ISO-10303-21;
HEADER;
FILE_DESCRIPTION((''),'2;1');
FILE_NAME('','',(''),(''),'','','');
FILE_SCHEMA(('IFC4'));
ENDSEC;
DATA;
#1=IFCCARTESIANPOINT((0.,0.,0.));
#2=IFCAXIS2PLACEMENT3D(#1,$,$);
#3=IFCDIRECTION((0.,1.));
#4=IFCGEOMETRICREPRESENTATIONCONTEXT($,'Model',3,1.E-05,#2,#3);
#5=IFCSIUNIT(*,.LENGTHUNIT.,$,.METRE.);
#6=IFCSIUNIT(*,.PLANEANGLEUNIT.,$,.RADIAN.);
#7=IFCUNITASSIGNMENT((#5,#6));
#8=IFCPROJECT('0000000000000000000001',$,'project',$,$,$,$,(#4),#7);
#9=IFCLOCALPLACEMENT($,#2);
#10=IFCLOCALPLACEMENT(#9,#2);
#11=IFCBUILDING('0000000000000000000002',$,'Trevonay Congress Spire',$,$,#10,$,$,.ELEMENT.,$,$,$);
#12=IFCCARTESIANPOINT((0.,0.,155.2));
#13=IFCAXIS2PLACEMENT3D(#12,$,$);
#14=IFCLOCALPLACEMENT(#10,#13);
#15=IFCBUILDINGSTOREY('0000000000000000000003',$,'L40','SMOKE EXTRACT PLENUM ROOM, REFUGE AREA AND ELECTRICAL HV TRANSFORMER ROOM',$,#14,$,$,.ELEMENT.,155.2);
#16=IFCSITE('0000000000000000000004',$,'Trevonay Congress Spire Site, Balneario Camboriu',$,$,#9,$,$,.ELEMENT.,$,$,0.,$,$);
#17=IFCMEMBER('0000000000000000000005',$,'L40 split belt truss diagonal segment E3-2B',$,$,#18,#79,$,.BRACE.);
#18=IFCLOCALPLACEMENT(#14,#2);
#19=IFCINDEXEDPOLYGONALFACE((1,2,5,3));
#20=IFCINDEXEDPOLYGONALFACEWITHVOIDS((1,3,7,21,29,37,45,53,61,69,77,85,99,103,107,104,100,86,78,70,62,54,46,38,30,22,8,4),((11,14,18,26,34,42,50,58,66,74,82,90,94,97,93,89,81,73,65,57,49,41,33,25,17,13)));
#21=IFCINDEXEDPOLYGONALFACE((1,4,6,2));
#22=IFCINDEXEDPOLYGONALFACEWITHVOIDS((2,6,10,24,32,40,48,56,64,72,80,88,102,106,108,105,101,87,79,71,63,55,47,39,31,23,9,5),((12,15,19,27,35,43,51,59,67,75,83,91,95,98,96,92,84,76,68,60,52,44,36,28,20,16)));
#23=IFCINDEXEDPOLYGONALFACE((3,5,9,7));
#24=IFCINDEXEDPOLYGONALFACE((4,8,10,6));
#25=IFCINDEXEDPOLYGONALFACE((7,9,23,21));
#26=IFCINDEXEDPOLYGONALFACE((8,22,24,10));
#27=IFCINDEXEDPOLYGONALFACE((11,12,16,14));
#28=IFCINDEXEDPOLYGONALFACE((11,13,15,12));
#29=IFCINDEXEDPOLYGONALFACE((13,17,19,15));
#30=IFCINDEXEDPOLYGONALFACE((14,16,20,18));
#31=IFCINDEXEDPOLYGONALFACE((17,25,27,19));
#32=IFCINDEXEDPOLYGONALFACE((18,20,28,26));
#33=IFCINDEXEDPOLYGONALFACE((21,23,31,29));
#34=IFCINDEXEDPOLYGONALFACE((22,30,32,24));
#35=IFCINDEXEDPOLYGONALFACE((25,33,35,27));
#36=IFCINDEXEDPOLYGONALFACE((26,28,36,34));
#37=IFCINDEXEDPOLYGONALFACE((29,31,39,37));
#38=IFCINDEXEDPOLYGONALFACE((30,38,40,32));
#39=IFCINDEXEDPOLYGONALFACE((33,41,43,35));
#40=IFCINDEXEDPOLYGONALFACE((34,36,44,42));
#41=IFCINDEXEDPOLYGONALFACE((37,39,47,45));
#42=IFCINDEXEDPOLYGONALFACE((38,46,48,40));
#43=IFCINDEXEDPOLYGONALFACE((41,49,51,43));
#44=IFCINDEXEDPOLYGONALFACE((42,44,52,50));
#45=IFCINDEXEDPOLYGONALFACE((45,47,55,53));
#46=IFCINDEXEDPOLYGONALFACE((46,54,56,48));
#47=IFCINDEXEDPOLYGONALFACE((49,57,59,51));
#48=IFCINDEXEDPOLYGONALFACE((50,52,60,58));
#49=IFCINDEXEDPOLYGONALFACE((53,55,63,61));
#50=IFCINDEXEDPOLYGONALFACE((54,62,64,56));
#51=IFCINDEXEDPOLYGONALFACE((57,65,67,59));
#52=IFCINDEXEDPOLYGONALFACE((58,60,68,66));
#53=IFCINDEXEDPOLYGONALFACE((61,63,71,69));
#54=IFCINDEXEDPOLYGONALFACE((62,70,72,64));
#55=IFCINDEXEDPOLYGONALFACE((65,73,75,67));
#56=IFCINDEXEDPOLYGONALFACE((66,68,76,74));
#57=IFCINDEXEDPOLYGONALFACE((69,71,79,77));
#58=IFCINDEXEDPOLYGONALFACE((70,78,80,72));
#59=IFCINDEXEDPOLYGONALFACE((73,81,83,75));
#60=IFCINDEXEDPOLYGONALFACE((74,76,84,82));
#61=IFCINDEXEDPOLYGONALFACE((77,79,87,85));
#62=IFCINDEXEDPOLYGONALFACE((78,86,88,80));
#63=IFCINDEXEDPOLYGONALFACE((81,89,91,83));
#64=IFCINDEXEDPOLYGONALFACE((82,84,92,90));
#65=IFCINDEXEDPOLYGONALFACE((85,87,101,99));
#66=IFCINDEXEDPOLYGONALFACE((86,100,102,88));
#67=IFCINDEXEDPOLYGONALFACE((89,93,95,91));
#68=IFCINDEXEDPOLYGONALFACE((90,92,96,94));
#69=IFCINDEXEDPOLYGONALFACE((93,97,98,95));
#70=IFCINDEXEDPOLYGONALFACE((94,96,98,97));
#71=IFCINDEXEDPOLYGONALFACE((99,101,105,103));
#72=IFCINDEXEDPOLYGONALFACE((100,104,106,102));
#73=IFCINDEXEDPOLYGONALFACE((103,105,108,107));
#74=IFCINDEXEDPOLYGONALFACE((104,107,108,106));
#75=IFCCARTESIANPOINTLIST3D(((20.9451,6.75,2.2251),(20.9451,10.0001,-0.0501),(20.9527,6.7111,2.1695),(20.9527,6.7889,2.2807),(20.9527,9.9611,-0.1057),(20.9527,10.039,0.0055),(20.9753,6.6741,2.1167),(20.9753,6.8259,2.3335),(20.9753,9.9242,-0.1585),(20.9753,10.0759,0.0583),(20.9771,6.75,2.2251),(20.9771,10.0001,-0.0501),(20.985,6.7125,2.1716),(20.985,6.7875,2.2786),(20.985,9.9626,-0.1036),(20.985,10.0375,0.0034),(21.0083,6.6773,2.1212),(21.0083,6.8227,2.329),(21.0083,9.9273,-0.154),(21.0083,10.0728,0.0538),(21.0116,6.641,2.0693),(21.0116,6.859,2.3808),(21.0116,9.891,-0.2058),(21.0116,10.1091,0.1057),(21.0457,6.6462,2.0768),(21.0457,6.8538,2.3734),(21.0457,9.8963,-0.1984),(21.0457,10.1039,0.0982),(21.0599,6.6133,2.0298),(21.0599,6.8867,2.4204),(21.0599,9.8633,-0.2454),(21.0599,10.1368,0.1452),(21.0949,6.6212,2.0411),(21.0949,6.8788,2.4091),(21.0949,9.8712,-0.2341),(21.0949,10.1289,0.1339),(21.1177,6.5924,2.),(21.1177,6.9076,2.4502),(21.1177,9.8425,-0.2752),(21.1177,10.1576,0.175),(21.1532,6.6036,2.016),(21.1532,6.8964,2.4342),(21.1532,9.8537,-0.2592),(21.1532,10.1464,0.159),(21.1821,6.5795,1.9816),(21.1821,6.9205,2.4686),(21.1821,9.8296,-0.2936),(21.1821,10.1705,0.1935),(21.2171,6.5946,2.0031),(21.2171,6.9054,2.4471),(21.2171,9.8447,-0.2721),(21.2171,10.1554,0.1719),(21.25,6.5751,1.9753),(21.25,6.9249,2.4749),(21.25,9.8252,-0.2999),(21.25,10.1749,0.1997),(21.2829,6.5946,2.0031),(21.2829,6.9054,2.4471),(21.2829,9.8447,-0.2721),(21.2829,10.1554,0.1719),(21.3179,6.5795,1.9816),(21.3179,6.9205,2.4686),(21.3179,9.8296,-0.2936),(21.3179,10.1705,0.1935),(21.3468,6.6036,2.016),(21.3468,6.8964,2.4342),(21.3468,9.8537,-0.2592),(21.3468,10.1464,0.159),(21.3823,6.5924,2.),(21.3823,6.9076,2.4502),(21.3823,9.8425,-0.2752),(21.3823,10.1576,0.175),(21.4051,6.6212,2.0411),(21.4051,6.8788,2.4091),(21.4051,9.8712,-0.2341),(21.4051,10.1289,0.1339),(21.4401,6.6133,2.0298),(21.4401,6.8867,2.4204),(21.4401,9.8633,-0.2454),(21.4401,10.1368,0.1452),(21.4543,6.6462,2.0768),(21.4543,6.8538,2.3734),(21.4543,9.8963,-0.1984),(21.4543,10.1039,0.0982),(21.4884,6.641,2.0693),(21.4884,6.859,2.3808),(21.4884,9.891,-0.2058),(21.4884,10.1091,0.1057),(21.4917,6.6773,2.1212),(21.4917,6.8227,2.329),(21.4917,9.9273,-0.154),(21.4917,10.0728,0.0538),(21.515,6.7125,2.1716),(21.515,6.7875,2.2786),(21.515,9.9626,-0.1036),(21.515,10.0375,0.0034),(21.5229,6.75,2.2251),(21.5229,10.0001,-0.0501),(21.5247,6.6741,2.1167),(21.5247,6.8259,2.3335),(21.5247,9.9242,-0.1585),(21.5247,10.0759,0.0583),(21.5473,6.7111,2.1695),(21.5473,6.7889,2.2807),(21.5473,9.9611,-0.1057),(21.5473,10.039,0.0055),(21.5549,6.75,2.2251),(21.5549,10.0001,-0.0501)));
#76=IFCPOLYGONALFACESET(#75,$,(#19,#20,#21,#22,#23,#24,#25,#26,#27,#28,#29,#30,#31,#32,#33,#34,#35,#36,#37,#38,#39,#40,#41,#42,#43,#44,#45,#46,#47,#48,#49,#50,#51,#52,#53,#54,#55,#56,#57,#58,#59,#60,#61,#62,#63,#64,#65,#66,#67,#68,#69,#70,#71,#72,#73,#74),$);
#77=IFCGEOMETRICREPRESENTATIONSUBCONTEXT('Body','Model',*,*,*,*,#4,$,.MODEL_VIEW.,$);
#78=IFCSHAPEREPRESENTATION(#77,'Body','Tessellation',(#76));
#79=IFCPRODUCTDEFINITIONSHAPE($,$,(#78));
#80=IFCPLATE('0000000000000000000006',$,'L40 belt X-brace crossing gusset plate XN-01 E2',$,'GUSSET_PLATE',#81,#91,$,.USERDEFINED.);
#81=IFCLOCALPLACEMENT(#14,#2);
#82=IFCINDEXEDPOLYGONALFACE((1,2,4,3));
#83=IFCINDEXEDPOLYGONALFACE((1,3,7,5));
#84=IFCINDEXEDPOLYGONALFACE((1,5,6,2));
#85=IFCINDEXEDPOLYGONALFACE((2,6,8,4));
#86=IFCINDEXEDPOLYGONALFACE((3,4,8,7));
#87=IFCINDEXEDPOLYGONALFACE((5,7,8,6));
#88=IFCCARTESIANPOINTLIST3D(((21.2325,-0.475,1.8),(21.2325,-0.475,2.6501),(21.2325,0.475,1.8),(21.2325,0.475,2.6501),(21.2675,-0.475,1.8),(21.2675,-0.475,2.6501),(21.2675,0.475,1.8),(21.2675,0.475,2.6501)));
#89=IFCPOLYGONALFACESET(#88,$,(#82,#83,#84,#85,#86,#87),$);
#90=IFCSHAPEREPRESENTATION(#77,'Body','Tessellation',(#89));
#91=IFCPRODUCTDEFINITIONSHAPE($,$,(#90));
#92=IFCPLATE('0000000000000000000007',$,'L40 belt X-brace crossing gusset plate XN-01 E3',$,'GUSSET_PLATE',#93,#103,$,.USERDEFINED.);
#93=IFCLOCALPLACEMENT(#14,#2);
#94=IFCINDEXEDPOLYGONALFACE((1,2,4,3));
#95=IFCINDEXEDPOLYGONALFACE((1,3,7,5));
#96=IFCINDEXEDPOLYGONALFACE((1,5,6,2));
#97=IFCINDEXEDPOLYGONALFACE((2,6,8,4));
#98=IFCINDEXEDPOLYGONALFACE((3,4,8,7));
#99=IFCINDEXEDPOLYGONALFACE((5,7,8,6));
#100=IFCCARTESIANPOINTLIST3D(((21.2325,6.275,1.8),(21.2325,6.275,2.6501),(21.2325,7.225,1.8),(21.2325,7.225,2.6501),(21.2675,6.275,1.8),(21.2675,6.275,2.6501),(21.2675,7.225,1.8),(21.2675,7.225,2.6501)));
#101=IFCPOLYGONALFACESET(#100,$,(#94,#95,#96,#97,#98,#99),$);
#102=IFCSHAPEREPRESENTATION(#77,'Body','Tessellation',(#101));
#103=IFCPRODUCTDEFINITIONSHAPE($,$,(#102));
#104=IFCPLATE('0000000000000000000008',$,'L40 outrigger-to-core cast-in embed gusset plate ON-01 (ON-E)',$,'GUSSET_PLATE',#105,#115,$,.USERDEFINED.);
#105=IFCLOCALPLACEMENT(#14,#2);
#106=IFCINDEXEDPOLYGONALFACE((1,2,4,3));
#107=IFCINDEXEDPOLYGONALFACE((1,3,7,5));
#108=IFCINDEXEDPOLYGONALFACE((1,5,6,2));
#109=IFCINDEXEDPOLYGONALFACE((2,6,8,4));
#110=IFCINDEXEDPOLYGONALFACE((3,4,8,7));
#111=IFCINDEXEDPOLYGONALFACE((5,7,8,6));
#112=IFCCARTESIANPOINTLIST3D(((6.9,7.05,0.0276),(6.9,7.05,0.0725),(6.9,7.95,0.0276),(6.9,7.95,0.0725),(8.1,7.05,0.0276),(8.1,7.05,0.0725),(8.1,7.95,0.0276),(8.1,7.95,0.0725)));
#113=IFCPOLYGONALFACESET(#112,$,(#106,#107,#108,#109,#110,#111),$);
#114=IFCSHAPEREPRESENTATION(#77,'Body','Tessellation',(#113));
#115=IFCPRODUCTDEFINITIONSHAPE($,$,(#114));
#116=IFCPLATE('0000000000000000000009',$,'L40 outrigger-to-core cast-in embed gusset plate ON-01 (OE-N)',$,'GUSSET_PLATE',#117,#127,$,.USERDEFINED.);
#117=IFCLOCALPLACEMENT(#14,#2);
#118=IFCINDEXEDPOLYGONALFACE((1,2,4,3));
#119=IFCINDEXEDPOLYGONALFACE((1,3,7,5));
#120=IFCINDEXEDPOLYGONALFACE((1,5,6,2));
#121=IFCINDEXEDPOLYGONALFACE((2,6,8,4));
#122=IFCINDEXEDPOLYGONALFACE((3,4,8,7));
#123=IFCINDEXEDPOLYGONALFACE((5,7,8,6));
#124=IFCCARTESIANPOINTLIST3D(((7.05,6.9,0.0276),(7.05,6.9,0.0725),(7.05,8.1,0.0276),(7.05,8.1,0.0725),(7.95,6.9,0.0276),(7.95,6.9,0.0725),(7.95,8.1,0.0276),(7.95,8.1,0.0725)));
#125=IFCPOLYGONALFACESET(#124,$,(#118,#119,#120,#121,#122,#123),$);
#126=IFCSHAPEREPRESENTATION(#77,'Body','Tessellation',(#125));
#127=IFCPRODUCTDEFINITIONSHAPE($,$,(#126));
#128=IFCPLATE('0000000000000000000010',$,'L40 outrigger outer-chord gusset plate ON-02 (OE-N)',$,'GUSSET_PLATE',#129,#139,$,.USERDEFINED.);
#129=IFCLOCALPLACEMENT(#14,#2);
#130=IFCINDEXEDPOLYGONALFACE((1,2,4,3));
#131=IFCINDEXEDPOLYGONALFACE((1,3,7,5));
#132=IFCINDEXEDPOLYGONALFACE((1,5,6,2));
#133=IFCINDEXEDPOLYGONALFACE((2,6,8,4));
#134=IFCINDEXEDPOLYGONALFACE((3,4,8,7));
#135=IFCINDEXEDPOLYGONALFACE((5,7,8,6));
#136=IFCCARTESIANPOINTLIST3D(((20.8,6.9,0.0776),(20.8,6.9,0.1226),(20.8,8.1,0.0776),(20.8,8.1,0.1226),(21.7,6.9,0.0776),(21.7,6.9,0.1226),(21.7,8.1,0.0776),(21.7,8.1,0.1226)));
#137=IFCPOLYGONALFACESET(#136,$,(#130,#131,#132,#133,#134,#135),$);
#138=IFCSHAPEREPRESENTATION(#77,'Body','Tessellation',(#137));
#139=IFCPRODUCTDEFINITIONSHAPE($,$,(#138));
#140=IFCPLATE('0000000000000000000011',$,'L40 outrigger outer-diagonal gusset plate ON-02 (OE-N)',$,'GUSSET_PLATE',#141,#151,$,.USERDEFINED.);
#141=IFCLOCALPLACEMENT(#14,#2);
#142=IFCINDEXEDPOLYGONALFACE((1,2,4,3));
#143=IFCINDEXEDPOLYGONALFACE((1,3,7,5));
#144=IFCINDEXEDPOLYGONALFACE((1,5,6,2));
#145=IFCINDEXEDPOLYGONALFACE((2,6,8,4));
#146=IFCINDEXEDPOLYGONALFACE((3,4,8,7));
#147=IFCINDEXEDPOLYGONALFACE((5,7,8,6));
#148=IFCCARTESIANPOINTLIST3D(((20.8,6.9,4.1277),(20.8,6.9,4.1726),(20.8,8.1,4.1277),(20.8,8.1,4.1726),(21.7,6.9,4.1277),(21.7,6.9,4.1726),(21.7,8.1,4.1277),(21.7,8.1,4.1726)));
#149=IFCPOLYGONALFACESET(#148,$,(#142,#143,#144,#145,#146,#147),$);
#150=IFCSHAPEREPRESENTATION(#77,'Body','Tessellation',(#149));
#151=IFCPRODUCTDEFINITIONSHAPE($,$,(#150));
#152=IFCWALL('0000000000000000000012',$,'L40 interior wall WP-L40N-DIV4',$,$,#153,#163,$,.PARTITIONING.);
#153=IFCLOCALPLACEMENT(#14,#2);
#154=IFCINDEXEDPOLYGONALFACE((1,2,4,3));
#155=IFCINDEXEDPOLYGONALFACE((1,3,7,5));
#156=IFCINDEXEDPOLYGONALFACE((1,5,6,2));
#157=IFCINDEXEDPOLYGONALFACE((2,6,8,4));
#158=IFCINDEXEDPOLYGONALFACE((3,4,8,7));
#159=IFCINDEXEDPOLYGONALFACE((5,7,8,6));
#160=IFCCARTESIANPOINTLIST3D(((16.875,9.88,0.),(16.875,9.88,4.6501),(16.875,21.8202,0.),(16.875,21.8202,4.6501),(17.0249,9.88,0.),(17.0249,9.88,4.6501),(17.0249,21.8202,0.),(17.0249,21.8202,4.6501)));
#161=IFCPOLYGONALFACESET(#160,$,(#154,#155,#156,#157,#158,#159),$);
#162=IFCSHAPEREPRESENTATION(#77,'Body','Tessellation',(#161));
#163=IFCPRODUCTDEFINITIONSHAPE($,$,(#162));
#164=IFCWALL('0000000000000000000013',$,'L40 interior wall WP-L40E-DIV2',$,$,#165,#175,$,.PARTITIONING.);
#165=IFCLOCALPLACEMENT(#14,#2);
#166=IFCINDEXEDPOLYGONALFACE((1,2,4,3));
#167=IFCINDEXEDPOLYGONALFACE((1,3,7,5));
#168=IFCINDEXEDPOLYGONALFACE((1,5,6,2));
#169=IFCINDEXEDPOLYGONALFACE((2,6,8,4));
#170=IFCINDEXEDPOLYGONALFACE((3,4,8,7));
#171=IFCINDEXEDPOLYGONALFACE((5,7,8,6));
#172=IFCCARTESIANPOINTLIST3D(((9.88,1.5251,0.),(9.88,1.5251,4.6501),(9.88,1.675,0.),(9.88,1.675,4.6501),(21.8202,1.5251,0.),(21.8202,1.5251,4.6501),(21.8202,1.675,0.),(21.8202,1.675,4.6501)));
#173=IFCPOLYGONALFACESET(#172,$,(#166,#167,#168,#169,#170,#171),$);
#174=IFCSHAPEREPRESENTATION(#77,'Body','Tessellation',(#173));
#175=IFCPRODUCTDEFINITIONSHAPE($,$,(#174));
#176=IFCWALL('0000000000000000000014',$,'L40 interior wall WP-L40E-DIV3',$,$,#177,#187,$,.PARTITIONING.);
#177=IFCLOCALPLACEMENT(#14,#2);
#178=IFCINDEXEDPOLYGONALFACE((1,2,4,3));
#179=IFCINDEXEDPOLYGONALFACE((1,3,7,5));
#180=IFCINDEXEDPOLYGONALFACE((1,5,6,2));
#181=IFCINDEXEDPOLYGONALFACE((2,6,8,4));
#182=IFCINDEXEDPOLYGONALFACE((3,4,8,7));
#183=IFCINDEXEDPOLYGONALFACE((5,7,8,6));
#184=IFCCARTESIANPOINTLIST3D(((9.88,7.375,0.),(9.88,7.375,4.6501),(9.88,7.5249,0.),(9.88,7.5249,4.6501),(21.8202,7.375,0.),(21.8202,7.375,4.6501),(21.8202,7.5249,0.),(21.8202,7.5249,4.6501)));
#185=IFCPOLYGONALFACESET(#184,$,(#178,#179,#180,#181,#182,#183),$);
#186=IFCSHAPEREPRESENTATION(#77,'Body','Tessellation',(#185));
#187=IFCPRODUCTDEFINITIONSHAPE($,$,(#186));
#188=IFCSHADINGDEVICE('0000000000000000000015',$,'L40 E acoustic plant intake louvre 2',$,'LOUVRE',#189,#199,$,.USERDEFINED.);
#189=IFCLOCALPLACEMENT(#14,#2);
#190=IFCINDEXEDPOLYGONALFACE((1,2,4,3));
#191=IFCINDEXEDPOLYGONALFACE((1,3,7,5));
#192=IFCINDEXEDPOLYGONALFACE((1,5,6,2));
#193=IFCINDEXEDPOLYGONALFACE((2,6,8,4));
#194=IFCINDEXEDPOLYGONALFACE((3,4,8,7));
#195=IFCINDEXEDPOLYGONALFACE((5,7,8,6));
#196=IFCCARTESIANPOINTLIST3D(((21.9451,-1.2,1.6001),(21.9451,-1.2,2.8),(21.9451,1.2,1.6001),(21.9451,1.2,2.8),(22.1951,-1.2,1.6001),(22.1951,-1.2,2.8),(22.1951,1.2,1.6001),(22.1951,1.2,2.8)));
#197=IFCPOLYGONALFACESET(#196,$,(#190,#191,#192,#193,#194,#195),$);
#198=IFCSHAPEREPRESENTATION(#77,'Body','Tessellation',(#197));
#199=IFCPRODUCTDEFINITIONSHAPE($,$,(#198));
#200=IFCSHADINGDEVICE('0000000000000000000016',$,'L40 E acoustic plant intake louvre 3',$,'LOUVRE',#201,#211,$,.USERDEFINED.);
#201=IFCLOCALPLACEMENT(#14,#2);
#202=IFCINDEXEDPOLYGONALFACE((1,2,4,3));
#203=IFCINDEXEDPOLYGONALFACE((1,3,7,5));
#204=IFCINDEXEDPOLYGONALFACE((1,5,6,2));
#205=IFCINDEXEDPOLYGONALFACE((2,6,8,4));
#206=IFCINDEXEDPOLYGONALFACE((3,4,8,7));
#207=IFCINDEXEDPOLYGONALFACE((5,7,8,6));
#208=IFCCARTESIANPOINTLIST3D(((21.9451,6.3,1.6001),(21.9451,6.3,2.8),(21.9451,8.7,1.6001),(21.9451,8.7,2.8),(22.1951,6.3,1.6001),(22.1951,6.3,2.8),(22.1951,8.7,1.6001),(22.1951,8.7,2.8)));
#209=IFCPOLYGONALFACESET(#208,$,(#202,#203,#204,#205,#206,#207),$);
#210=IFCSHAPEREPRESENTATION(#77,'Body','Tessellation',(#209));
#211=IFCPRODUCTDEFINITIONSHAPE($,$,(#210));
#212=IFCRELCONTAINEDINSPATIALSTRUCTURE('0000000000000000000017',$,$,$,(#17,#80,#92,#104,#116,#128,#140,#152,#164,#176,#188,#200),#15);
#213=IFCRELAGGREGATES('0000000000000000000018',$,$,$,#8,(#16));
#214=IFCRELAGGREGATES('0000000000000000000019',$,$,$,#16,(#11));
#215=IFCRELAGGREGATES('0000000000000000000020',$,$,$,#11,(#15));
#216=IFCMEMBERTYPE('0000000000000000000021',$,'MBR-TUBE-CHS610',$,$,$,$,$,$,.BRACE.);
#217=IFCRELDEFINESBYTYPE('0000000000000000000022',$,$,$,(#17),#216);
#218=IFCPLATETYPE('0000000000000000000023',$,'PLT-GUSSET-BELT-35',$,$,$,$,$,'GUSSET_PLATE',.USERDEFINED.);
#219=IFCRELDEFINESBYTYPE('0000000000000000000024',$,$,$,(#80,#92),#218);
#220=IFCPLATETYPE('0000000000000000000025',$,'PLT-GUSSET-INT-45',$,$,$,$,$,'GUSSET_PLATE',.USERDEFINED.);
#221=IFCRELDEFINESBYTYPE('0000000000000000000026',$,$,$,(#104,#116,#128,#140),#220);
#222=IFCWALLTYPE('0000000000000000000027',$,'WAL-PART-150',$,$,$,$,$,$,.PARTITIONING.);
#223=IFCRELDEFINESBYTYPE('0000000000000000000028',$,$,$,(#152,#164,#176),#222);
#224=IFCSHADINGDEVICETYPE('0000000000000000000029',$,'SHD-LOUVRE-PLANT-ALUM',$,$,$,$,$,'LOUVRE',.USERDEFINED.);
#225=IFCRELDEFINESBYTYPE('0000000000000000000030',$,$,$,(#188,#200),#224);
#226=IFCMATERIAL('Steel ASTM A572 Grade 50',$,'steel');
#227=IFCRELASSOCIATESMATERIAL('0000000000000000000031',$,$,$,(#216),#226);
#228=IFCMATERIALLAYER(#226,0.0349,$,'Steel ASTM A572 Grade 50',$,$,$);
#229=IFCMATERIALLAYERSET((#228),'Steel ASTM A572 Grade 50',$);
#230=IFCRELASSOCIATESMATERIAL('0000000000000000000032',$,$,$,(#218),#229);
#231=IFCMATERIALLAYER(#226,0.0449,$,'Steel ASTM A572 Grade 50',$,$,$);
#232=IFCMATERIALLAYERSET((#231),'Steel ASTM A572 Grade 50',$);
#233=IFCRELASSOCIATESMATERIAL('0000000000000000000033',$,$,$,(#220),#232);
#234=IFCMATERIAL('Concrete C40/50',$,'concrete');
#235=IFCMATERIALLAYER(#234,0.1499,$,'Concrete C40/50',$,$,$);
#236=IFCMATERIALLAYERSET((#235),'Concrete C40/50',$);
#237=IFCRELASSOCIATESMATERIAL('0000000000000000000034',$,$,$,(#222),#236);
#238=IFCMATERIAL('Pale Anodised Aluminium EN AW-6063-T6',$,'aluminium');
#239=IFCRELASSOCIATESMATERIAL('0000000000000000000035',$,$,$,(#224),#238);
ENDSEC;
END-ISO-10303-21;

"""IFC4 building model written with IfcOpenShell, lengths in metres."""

from ifc_helpers import new_model, si_unit, direction, frame, frame_2d, origin, origin_2d, place, context, subcontext, project, spatial, rectangle, hollow_circle, extrude, material, layer, layer_set, material_profile, profile_set, type_object, element, save


model = new_model("IFC4")

# Units and contexts
model_context = context("Model", 3, precision=1e-05, world=origin(), true_north=direction((0.0, 1.0)))
body_context = subcontext(model_context, "Body", "Model", "MODEL_VIEW")
ifc_project = project(units=[si_unit("LENGTHUNIT", "METRE"), si_unit("PLANEANGLEUNIT", "RADIAN")], contexts=[model_context])

# Site, building, storey
site_placement = place(None, origin())
site = spatial("IfcSite", under=ifc_project, at=site_placement, Name="Trevonay Congress Spire Site, Balneario Camboriu", CompositionType="ELEMENT", RefElevation=0.0)
building_placement = place(site_placement, origin())
building = spatial("IfcBuilding", under=site, at=building_placement, Name="Trevonay Congress Spire", CompositionType="ELEMENT")
storey_placement = place(building_placement, frame((0.0, 0.0, 155.2)))
storey = spatial("IfcBuildingStorey", under=building, at=storey_placement, Name="L40", Description="SMOKE EXTRACT PLENUM ROOM, REFUGE AREA AND ELECTRICAL HV TRANSFORMER ROOM", CompositionType="ELEMENT", Elevation=155.2)

# Shared definitions
ifc_material_1 = material(Name="Steel ASTM A572 Grade 50", Category="steel")

# Member
ifc_material_profile_1 = material_profile(ifc_material_1, hollow_circle(Radius=0.3049, WallThickness=0.032, at=origin_2d()), Name="CHS 610x32")
ifc_profile_set_1 = profile_set([ifc_material_profile_1], Name="Steel ASTM A572 Grade 50")
member_type_1 = type_object("IfcMemberType", Name="MBR-TUBE-CHS610", PredefinedType="BRACE", material=ifc_profile_set_1)
member_1_placement = place(storey_placement, frame((21.25, 6.75, 2.2251), z_axis=(0.0, 0.819215, -0.573487), x_axis=(-1.0, 0.0, 0.0)))
element("IfcMember", 1, at=member_1_placement, inside=storey, type_object=member_type_1, Name="L40 split belt truss diagonal segment E3-2B", PredefinedType="BRACE", context=body_context, shape_type="SweptSolid", body=[
    extrude(hollow_circle(Radius=0.3049, WallThickness=0.032, at=origin_2d()), origin(), (0.0, 0.0, 1.0), 3.9673),
])

# Plates
ifc_layer_1 = layer(ifc_material_1, 0.0349, Name="Steel ASTM A572 Grade 50")
ifc_layer_set_1 = layer_set([ifc_layer_1], Name="Steel ASTM A572 Grade 50")
plate_type_1 = type_object("IfcPlateType", Name="PLT-GUSSET-BELT-35", ElementType="GUSSET_PLATE", PredefinedType="USERDEFINED", material=ifc_layer_set_1)
for number, where, z_axis, x_axis, name in (
    (2, (21.25, 0.0, 1.8), (0.0, 0.0, 1.0), (1.0, 0.0, 0.0), "L40 belt X-brace crossing gusset plate XN-01 E2"),
    (3, (21.25, 6.75, 1.8), (0.0, 0.0, 1.0), (1.0, 0.0, 0.0), "L40 belt X-brace crossing gusset plate XN-01 E3"),
):
    element("IfcPlate", number, at=place(storey_placement, frame(where, z_axis=z_axis, x_axis=x_axis)), inside=storey, type_object=plate_type_1, Name=name, ObjectType="GUSSET_PLATE", PredefinedType="USERDEFINED", context=body_context, shape_type="SweptSolid", body=[
        extrude(rectangle(XDim=0.0349, YDim=0.95, at=origin_2d()), origin(), (0.0, 0.0, 1.0), 0.8501),
    ])
ifc_layer_2 = layer(ifc_material_1, 0.0449, Name="Steel ASTM A572 Grade 50")
ifc_layer_set_2 = layer_set([ifc_layer_2], Name="Steel ASTM A572 Grade 50")
plate_type_2 = type_object("IfcPlateType", Name="PLT-GUSSET-INT-45", ElementType="GUSSET_PLATE", PredefinedType="USERDEFINED", material=ifc_layer_set_2)
for number, where, z_axis, x_axis, name in (
    (4, (7.5, 7.5, 0.0276), (0.0, 0.0, 1.0), (1.0, 0.0, 0.0), "L40 outrigger-to-core cast-in embed gusset plate ON-01 (ON-E)"),
    (5, (7.5, 7.5, 0.0276), (0.0, 0.0, 1.0), (0.0, 1.0, 0.0), "L40 outrigger-to-core cast-in embed gusset plate ON-01 (OE-N)"),
    (6, (21.25, 7.5, 0.0776), (0.0, 0.0, 1.0), (0.0, 1.0, 0.0), "L40 outrigger outer-chord gusset plate ON-02 (OE-N)"),
    (7, (21.25, 7.5, 4.1277), (0.0, 0.0, 1.0), (0.0, 1.0, 0.0), "L40 outrigger outer-diagonal gusset plate ON-02 (OE-N)"),
):
    element("IfcPlate", number, at=place(storey_placement, frame(where, z_axis=z_axis, x_axis=x_axis)), inside=storey, type_object=plate_type_2, Name=name, ObjectType="GUSSET_PLATE", PredefinedType="USERDEFINED", context=body_context, shape_type="SweptSolid", body=[
        extrude(rectangle(XDim=1.2, YDim=0.8999, at=origin_2d()), origin(), (0.0, 0.0, 1.0), 0.0449),
    ])

# Walls
ifc_material_2 = material(Name="Concrete C40/50", Category="concrete")
ifc_layer_3 = layer(ifc_material_2, 0.1499, Name="Concrete C40/50")
ifc_layer_set_3 = layer_set([ifc_layer_3], Name="Concrete C40/50")
wall_type = type_object("IfcWallType", Name="WAL-PART-150", PredefinedType="PARTITIONING", material=ifc_layer_set_3)
for number, where, z_axis, x_axis, name in (
    (8, (16.95, 9.8799, 0.0), (0.0, 0.0, 1.0), (0.0, 1.0, 0.0), "L40 interior wall WP-L40N-DIV4"),
    (9, (9.8799, 1.6001, 0.0), (0.0, 0.0, 1.0), (1.0, 0.0, 0.0), "L40 interior wall WP-L40E-DIV2"),
    (10, (9.8799, 7.45, 0.0), (0.0, 0.0, 1.0), (1.0, 0.0, 0.0), "L40 interior wall WP-L40E-DIV3"),
):
    element("IfcWall", number, at=place(storey_placement, frame(where, z_axis=z_axis, x_axis=x_axis)), inside=storey, type_object=wall_type, Name=name, PredefinedType="PARTITIONING", context=body_context, shape_type="SweptSolid", body=[
        extrude(rectangle(XDim=11.9402, YDim=0.1499, at=frame_2d((5.9702, 0.0))), origin(), (0.0, 0.0, 1.0), 4.6501),
    ])

# Shading devices
ifc_material_3 = material(Name="Pale Anodised Aluminium EN AW-6063-T6", Category="aluminium")
shading_device_type = type_object("IfcShadingDeviceType", Name="SHD-LOUVRE-PLANT-ALUM", ElementType="LOUVRE", PredefinedType="USERDEFINED", material=ifc_material_3)
for number, where, z_axis, x_axis, name in (
    (11, (22.0701, 0.0, 1.6001), (0.0, 0.0, 1.0), (0.0, 1.0, 0.0), "L40 E acoustic plant intake louvre 2"),
    (12, (22.0701, 7.5, 1.6001), (0.0, 0.0, 1.0), (0.0, 1.0, 0.0), "L40 E acoustic plant intake louvre 3"),
):
    element("IfcShadingDevice", number, at=place(storey_placement, frame(where, z_axis=z_axis, x_axis=x_axis)), inside=storey, type_object=shading_device_type, Name=name, ObjectType="LOUVRE", PredefinedType="USERDEFINED", context=body_context, shape_type="SweptSolid", body=[
        extrude(rectangle(XDim=2.3999, YDim=0.25, at=origin_2d()), origin(), (0.0, 0.0, 1.0), 1.2),
    ])

save(model, "model.ifc")
